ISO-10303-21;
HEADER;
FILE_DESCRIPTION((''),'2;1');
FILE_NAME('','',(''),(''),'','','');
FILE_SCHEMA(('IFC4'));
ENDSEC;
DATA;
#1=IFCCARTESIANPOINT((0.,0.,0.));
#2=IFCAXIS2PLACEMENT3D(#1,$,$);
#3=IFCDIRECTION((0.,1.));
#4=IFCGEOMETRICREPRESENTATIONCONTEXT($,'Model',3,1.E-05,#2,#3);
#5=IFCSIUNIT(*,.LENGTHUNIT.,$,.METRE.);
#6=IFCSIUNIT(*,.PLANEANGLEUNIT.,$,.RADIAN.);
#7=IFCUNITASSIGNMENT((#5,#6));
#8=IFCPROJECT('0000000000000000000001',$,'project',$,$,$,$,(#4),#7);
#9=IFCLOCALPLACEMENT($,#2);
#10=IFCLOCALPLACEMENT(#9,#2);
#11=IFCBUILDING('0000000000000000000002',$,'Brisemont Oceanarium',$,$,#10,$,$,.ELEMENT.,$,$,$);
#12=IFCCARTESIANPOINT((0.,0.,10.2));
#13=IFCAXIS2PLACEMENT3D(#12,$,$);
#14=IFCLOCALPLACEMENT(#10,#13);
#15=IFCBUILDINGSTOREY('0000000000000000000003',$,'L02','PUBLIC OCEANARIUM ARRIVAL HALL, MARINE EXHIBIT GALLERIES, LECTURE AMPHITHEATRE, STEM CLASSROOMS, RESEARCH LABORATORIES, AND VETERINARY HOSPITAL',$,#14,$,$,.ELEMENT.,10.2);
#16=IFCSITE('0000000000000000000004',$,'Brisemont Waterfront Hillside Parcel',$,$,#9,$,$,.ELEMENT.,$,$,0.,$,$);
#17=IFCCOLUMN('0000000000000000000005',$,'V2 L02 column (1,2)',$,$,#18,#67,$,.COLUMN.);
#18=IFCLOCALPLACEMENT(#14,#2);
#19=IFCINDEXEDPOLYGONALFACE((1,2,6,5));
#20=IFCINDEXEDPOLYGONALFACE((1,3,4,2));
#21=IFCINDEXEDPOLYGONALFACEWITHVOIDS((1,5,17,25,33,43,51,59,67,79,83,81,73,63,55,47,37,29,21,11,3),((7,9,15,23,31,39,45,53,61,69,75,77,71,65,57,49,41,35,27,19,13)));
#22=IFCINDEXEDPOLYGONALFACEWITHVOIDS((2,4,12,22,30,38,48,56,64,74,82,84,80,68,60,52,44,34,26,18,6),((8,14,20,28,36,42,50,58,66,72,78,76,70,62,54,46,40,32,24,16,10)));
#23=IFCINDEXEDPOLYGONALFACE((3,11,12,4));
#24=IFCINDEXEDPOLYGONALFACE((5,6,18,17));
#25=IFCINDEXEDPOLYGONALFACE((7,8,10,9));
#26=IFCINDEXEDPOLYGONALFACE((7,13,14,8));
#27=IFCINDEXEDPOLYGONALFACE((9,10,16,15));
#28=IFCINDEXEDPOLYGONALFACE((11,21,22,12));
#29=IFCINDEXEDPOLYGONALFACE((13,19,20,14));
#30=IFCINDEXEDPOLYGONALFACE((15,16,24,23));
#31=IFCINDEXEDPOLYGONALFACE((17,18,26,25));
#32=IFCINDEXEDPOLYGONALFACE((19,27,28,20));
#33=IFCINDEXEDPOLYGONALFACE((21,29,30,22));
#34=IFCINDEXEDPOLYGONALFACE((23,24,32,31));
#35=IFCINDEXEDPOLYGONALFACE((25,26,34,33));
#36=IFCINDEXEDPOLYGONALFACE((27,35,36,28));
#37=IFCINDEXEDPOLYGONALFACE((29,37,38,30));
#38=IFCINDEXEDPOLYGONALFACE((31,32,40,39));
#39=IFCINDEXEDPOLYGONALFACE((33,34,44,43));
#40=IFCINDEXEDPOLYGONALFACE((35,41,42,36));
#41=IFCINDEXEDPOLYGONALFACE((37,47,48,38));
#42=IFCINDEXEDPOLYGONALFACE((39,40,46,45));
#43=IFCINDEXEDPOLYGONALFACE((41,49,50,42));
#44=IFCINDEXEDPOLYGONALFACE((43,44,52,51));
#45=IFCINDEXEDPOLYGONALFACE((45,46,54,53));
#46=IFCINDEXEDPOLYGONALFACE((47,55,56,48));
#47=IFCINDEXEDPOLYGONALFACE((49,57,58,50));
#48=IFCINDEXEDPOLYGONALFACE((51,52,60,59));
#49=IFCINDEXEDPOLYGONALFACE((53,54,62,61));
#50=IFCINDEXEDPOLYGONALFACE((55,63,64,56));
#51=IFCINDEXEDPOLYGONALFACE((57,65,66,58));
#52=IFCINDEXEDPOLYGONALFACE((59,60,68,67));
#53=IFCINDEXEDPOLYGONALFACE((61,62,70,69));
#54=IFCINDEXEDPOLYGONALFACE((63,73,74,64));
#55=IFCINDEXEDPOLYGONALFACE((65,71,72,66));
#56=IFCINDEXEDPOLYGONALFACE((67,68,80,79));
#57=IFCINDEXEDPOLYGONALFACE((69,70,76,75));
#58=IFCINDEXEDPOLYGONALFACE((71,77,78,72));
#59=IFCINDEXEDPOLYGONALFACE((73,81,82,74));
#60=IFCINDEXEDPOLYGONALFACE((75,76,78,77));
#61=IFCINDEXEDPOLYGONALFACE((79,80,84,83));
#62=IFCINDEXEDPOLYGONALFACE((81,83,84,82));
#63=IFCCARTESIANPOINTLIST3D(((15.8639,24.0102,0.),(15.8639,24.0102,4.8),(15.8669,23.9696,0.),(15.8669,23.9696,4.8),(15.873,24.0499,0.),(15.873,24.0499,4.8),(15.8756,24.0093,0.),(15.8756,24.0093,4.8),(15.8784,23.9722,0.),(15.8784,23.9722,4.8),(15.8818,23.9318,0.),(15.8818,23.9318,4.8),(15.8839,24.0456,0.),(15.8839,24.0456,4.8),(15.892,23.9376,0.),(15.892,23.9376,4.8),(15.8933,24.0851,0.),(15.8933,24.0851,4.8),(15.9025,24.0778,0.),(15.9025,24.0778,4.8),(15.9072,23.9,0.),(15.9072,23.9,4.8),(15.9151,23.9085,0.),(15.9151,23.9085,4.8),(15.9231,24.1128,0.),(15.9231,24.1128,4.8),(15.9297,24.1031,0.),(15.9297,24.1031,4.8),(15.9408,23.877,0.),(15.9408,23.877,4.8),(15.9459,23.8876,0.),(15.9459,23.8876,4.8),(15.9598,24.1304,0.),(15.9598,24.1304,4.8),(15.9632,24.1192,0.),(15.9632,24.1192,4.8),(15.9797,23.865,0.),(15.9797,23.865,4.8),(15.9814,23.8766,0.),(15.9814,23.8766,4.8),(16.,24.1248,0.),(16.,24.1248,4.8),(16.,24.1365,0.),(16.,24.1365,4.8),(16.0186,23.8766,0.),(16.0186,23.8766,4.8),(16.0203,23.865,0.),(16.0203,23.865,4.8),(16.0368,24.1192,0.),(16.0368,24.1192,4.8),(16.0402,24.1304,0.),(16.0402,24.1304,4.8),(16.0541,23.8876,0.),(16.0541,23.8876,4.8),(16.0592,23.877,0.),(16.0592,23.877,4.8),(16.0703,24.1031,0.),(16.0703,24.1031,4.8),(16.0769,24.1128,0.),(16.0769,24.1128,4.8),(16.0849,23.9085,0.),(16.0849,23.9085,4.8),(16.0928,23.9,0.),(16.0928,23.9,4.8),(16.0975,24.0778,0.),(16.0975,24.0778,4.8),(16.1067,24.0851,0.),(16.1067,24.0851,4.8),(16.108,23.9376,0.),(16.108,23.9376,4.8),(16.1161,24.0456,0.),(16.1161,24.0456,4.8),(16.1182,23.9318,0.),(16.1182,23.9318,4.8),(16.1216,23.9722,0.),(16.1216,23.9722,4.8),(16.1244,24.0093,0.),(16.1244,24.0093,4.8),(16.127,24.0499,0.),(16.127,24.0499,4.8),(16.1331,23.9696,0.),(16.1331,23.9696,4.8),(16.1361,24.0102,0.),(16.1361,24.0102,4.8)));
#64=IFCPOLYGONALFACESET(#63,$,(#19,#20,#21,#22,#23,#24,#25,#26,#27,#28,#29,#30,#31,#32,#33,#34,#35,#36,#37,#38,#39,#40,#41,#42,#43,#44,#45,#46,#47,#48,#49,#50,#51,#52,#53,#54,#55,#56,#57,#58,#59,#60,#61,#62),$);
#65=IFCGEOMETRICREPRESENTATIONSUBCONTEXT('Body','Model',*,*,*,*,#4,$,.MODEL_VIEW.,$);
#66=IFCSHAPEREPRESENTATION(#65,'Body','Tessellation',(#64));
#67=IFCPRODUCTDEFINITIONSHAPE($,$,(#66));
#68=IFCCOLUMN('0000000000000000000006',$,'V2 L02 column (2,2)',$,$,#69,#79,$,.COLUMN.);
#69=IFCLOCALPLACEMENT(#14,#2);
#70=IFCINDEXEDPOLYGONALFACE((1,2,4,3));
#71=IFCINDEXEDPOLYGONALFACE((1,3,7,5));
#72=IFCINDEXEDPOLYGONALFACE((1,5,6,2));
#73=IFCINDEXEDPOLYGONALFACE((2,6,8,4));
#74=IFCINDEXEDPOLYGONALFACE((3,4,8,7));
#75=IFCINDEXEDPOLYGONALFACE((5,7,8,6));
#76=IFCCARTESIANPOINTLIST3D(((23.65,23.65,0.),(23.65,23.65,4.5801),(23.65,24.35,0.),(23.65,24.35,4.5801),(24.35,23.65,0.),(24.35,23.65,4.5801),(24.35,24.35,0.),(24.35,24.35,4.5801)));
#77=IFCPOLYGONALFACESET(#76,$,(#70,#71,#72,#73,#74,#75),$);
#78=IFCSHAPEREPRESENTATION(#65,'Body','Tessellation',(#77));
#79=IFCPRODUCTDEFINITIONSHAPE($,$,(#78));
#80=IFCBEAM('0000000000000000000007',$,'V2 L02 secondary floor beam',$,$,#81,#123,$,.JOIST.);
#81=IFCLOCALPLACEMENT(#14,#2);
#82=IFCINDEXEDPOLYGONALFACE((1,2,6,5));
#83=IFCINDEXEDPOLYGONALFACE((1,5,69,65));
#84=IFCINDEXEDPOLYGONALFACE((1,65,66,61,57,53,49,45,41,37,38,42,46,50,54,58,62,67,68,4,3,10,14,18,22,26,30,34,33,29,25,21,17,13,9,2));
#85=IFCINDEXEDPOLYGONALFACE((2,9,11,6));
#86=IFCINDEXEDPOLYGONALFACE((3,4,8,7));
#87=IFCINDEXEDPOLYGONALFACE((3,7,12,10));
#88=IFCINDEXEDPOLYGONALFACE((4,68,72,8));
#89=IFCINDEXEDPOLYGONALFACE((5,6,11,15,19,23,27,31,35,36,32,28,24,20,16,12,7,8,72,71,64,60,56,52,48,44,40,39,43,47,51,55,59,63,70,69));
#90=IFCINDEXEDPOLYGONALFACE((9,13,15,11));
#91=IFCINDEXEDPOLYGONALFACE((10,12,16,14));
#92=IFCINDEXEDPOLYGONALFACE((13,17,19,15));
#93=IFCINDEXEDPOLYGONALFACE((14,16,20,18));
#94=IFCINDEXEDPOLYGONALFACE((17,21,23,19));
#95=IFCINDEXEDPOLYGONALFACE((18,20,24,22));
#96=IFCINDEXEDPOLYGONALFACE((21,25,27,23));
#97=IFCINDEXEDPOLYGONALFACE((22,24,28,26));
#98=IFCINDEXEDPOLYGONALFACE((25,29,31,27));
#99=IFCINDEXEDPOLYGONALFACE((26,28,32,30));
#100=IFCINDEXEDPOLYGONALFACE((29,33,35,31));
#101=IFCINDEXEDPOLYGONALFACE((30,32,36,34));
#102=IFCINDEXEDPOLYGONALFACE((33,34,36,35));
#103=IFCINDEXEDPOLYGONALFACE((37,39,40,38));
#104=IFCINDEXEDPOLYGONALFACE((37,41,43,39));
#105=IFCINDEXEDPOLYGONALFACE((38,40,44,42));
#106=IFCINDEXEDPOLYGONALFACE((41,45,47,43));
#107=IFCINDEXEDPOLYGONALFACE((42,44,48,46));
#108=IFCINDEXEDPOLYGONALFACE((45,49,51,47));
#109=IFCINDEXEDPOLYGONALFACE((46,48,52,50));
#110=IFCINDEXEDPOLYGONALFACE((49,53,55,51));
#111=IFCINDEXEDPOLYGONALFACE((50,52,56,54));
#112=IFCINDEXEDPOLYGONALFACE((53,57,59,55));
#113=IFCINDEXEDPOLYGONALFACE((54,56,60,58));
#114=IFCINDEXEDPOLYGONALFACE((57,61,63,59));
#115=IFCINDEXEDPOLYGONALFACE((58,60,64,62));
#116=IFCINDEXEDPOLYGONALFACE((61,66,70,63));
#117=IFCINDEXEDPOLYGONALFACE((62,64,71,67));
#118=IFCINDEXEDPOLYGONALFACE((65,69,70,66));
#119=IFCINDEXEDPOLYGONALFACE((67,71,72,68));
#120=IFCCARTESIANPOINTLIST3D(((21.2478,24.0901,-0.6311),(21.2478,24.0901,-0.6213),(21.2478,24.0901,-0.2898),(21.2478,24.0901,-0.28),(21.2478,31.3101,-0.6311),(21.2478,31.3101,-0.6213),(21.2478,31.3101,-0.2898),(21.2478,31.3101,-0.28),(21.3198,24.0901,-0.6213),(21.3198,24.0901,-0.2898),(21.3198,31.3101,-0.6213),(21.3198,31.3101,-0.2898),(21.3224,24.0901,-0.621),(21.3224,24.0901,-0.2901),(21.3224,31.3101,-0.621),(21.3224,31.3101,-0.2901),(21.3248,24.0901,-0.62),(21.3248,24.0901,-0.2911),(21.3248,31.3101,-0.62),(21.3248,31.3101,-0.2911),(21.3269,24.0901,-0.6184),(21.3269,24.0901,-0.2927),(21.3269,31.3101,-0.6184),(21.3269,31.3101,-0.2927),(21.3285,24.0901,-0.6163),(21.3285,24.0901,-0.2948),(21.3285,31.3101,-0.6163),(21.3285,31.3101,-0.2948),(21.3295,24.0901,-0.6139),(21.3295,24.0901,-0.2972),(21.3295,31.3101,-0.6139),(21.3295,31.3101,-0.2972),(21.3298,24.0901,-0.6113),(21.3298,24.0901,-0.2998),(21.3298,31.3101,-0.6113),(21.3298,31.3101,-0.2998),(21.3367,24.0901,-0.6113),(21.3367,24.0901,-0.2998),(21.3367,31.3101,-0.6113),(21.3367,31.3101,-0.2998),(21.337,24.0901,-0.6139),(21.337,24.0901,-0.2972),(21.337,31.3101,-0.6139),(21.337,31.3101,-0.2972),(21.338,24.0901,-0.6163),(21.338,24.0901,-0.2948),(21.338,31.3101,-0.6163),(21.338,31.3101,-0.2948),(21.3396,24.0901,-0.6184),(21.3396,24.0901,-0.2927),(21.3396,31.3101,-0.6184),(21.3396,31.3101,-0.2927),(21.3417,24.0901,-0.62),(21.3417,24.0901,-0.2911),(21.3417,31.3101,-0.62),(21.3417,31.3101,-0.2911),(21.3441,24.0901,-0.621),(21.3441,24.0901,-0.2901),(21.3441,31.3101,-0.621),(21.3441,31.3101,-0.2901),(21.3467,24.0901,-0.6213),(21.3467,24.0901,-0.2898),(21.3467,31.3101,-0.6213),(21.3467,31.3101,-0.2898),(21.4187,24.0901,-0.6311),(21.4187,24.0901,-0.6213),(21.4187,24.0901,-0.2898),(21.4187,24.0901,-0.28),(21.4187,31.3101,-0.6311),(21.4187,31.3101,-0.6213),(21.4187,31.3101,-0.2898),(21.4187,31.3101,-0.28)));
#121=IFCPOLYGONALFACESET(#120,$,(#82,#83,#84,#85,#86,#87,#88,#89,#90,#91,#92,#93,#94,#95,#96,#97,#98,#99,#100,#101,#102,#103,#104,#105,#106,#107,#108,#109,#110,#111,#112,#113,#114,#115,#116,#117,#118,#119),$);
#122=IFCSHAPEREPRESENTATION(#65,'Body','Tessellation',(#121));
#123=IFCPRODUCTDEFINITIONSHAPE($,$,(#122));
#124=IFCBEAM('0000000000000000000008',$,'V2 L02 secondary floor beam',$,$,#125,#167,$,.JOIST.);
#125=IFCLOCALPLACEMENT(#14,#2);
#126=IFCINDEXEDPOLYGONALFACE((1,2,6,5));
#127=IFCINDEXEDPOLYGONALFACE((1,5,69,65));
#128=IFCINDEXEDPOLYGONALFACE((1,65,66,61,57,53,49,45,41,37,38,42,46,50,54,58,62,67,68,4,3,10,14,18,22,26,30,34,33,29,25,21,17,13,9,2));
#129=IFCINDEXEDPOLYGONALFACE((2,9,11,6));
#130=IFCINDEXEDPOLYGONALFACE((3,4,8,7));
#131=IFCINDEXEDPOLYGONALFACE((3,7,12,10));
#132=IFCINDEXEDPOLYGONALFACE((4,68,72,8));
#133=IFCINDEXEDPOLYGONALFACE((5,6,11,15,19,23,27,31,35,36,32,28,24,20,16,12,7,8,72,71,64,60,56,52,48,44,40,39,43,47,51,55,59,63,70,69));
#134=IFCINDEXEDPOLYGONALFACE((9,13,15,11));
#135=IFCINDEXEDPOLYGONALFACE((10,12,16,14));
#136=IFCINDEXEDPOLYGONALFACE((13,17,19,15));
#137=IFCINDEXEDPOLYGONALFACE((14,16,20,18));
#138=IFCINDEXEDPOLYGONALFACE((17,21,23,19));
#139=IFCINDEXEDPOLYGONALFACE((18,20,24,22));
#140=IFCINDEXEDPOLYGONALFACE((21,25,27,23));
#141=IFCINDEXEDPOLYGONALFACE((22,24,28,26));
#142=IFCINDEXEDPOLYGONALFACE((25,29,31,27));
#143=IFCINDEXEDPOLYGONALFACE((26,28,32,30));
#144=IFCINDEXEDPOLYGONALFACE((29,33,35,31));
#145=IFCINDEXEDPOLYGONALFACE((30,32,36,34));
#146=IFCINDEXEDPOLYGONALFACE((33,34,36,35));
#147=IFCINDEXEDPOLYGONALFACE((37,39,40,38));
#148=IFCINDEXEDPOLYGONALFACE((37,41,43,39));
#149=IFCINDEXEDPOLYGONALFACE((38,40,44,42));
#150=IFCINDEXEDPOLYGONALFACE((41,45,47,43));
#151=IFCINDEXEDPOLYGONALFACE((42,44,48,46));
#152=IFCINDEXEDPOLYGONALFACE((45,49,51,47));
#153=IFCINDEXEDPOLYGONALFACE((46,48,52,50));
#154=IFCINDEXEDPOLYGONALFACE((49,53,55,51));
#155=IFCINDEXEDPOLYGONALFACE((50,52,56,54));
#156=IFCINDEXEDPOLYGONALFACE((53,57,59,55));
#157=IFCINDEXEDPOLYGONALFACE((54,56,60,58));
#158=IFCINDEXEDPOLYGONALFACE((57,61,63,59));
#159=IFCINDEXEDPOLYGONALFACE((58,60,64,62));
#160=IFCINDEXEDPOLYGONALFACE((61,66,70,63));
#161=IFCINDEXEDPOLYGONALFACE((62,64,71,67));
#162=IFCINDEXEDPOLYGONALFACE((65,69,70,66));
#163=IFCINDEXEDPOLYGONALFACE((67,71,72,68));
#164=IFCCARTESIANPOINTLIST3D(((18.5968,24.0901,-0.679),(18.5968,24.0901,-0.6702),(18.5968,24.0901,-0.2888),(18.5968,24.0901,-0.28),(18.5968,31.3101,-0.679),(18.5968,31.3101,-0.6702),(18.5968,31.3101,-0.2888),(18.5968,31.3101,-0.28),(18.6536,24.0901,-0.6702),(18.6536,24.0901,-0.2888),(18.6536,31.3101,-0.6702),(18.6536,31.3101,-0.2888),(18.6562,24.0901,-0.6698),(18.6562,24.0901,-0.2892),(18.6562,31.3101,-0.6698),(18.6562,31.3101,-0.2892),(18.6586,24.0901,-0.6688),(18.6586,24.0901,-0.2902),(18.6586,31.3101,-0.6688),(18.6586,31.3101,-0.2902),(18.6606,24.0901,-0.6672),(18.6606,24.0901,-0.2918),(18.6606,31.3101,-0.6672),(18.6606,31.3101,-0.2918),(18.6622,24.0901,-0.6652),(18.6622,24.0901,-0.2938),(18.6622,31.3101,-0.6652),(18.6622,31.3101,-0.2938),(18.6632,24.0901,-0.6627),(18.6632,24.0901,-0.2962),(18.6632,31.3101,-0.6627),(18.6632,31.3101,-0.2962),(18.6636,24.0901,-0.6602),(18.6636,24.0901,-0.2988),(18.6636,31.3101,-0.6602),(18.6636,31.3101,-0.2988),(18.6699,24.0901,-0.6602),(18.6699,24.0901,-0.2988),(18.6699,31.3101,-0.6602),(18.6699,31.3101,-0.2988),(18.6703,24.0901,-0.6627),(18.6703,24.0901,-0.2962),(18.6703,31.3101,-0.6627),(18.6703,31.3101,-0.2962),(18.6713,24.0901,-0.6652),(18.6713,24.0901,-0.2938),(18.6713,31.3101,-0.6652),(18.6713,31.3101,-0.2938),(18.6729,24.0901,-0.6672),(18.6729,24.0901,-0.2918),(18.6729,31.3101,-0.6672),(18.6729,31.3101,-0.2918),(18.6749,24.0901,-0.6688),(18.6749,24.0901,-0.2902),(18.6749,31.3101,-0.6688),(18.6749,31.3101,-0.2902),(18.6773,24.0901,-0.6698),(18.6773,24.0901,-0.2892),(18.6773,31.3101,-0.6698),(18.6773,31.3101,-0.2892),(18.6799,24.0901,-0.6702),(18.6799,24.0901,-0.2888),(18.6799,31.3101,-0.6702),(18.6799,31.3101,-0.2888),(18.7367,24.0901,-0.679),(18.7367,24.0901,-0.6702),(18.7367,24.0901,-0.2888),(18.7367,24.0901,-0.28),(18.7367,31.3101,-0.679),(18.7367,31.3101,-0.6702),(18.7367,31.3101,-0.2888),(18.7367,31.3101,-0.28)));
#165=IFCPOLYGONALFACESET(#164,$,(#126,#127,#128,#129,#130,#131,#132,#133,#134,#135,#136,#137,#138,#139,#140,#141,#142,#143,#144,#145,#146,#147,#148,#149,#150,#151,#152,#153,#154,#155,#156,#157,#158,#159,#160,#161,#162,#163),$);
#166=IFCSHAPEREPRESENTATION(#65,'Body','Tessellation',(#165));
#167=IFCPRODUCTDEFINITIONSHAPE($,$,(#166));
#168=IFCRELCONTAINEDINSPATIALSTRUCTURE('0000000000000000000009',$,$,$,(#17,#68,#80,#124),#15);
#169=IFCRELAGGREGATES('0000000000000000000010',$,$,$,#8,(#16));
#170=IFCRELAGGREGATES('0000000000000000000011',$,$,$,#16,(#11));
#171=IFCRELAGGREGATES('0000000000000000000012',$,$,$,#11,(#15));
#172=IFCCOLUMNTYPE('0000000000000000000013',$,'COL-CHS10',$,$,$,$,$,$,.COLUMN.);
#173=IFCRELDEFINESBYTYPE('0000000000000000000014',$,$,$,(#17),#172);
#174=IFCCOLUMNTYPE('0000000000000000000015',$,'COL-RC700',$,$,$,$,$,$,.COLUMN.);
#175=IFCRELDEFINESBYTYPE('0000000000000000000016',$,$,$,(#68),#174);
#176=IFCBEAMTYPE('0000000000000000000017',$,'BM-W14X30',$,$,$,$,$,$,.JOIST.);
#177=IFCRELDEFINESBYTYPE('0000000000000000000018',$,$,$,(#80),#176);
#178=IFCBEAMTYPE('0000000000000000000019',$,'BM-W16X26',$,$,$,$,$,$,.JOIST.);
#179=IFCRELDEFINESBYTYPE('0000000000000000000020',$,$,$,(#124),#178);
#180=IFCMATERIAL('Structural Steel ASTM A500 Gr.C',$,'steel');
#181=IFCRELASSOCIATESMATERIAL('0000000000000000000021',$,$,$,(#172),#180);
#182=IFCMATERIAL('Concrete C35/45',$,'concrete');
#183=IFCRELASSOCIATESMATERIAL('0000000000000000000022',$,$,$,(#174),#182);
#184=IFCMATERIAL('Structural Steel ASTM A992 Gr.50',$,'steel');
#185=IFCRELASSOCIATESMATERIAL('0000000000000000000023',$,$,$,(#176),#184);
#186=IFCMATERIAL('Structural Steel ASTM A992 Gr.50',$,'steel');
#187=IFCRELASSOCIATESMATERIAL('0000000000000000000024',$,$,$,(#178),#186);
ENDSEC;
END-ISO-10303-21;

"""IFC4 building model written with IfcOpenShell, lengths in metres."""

from ifc_helpers import new_model, si_unit, direction, frame, origin, origin_2d, place, context, subcontext, project, spatial, rectangle, hollow_circle, i_section, extrude, material, material_profile, profile_set, type_object, element, save


model = new_model("IFC4")

# Units and contexts
model_context = context("Model", 3, precision=1e-05, world=origin(), true_north=direction((0.0, 1.0)))
body_context = subcontext(model_context, "Body", "Model", "MODEL_VIEW")
ifc_project = project(units=[si_unit("LENGTHUNIT", "METRE"), si_unit("PLANEANGLEUNIT", "RADIAN")], contexts=[model_context])

# Site, building, storey
site_placement = place(None, origin())
site = spatial("IfcSite", under=ifc_project, at=site_placement, Name="Brisemont Waterfront Hillside Parcel", CompositionType="ELEMENT", RefElevation=0.0)
building_placement = place(site_placement, origin())
building = spatial("IfcBuilding", under=site, at=building_placement, Name="Brisemont Oceanarium", CompositionType="ELEMENT")
storey_placement = place(building_placement, frame((0.0, 0.0, 10.2)))
storey = spatial("IfcBuildingStorey", under=building, at=storey_placement, Name="L02", Description="PUBLIC OCEANARIUM ARRIVAL HALL, MARINE EXHIBIT GALLERIES, LECTURE AMPHITHEATRE, STEM CLASSROOMS, RESEARCH LABORATORIES, AND VETERINARY HOSPITAL", CompositionType="ELEMENT", Elevation=10.2)

# Columns
ifc_material_1 = material(Name="Structural Steel ASTM A500 Gr.C", Category="steel")
ifc_material_profile_1 = material_profile(ifc_material_1, hollow_circle(Radius=0.1365, WallThickness=0.0117, at=origin_2d()), Name="HSS10.750X0.500")
ifc_profile_set_1 = profile_set([ifc_material_profile_1], Name="Structural Steel ASTM A500 Gr.C")
column_type_1 = type_object("IfcColumnType", Name="COL-CHS10", PredefinedType="COLUMN", material=ifc_profile_set_1)
column_1_placement = place(storey_placement, frame((16.0, 24.0, 0.0), z_axis=(0.0, 0.0, 1.0), x_axis=(0.0, 1.0, 0.0)))
element("IfcColumn", 1, at=column_1_placement, inside=storey, type_object=column_type_1, Name="V2 L02 column (1,2)", PredefinedType="COLUMN", context=body_context, shape_type="SweptSolid", body=[
    extrude(hollow_circle(Radius=0.1365, WallThickness=0.0117, at=origin_2d()), origin(), (0.0, 0.0, 1.0), 4.8),
])
ifc_material_2 = material(Name="Concrete C35/45", Category="concrete")
ifc_material_profile_2 = material_profile(ifc_material_2, rectangle(XDim=0.7, YDim=0.7, at=origin_2d()), Name="RC-COL-700X700")
ifc_profile_set_2 = profile_set([ifc_material_profile_2], Name="Concrete C35/45")
column_type_2 = type_object("IfcColumnType", Name="COL-RC700", PredefinedType="COLUMN", material=ifc_profile_set_2)
column_2_placement = place(storey_placement, frame((24.0, 24.0, 0.0), z_axis=(0.0, 0.0, 1.0), x_axis=(1.0, 0.0, 0.0)))
element("IfcColumn", 2, at=column_2_placement, inside=storey, type_object=column_type_2, Name="V2 L02 column (2,2)", PredefinedType="COLUMN", context=body_context, shape_type="SweptSolid", body=[
    extrude(rectangle(XDim=0.7, YDim=0.7, at=origin_2d()), origin(), (0.0, 0.0, 1.0), 4.5801),
])

# Beams
ifc_material_3 = material(Name="Structural Steel ASTM A992 Gr.50", Category="steel")
ifc_material_profile_3 = material_profile(ifc_material_3, i_section(OverallWidth=0.1709, OverallDepth=0.3511, WebThickness=0.0068, FlangeThickness=0.0098, FilletRadius=0.01, at=origin_2d()), Name="W14X30")
ifc_profile_set_3 = profile_set([ifc_material_profile_3], Name="Structural Steel ASTM A992 Gr.50")
beam_type_1 = type_object("IfcBeamType", Name="BM-W14X30", PredefinedType="JOIST", material=ifc_profile_set_3)
beam_1_placement = place(storey_placement, frame((21.3333, 24.0901, -0.4556), z_axis=(0.0, 1.0, 0.0), x_axis=(-1.0, 0.0, 0.0)))
element("IfcBeam", 3, at=beam_1_placement, inside=storey, type_object=beam_type_1, Name="V2 L02 secondary floor beam", PredefinedType="JOIST", context=body_context, shape_type="SweptSolid", body=[
    extrude(i_section(OverallWidth=0.1709, OverallDepth=0.3511, WebThickness=0.0068, FlangeThickness=0.0098, FilletRadius=0.01, at=origin_2d()), origin(), (0.0, 0.0, 1.0), 7.22),
])
ifc_material_4 = material(Name="Structural Steel ASTM A992 Gr.50", Category="steel")
ifc_material_profile_4 = material_profile(ifc_material_4, i_section(OverallWidth=0.1399, OverallDepth=0.3989, WebThickness=0.0063, FlangeThickness=0.0088, FilletRadius=0.01, at=origin_2d()), Name="W16X26")
ifc_profile_set_4 = profile_set([ifc_material_profile_4], Name="Structural Steel ASTM A992 Gr.50")
beam_type_2 = type_object("IfcBeamType", Name="BM-W16X26", PredefinedType="JOIST", material=ifc_profile_set_4)
beam_2_placement = place(storey_placement, frame((18.6667, 24.0901, -0.4795), z_axis=(0.0, 1.0, 0.0), x_axis=(-1.0, 0.0, 0.0)))
element("IfcBeam", 4, at=beam_2_placement, inside=storey, type_object=beam_type_2, Name="V2 L02 secondary floor beam", PredefinedType="JOIST", context=body_context, shape_type="SweptSolid", body=[
    extrude(i_section(OverallWidth=0.1399, OverallDepth=0.3989, WebThickness=0.0063, FlangeThickness=0.0088, FilletRadius=0.01, at=origin_2d()), origin(), (0.0, 0.0, 1.0), 7.22),
])

save(model, "model.ifc")
